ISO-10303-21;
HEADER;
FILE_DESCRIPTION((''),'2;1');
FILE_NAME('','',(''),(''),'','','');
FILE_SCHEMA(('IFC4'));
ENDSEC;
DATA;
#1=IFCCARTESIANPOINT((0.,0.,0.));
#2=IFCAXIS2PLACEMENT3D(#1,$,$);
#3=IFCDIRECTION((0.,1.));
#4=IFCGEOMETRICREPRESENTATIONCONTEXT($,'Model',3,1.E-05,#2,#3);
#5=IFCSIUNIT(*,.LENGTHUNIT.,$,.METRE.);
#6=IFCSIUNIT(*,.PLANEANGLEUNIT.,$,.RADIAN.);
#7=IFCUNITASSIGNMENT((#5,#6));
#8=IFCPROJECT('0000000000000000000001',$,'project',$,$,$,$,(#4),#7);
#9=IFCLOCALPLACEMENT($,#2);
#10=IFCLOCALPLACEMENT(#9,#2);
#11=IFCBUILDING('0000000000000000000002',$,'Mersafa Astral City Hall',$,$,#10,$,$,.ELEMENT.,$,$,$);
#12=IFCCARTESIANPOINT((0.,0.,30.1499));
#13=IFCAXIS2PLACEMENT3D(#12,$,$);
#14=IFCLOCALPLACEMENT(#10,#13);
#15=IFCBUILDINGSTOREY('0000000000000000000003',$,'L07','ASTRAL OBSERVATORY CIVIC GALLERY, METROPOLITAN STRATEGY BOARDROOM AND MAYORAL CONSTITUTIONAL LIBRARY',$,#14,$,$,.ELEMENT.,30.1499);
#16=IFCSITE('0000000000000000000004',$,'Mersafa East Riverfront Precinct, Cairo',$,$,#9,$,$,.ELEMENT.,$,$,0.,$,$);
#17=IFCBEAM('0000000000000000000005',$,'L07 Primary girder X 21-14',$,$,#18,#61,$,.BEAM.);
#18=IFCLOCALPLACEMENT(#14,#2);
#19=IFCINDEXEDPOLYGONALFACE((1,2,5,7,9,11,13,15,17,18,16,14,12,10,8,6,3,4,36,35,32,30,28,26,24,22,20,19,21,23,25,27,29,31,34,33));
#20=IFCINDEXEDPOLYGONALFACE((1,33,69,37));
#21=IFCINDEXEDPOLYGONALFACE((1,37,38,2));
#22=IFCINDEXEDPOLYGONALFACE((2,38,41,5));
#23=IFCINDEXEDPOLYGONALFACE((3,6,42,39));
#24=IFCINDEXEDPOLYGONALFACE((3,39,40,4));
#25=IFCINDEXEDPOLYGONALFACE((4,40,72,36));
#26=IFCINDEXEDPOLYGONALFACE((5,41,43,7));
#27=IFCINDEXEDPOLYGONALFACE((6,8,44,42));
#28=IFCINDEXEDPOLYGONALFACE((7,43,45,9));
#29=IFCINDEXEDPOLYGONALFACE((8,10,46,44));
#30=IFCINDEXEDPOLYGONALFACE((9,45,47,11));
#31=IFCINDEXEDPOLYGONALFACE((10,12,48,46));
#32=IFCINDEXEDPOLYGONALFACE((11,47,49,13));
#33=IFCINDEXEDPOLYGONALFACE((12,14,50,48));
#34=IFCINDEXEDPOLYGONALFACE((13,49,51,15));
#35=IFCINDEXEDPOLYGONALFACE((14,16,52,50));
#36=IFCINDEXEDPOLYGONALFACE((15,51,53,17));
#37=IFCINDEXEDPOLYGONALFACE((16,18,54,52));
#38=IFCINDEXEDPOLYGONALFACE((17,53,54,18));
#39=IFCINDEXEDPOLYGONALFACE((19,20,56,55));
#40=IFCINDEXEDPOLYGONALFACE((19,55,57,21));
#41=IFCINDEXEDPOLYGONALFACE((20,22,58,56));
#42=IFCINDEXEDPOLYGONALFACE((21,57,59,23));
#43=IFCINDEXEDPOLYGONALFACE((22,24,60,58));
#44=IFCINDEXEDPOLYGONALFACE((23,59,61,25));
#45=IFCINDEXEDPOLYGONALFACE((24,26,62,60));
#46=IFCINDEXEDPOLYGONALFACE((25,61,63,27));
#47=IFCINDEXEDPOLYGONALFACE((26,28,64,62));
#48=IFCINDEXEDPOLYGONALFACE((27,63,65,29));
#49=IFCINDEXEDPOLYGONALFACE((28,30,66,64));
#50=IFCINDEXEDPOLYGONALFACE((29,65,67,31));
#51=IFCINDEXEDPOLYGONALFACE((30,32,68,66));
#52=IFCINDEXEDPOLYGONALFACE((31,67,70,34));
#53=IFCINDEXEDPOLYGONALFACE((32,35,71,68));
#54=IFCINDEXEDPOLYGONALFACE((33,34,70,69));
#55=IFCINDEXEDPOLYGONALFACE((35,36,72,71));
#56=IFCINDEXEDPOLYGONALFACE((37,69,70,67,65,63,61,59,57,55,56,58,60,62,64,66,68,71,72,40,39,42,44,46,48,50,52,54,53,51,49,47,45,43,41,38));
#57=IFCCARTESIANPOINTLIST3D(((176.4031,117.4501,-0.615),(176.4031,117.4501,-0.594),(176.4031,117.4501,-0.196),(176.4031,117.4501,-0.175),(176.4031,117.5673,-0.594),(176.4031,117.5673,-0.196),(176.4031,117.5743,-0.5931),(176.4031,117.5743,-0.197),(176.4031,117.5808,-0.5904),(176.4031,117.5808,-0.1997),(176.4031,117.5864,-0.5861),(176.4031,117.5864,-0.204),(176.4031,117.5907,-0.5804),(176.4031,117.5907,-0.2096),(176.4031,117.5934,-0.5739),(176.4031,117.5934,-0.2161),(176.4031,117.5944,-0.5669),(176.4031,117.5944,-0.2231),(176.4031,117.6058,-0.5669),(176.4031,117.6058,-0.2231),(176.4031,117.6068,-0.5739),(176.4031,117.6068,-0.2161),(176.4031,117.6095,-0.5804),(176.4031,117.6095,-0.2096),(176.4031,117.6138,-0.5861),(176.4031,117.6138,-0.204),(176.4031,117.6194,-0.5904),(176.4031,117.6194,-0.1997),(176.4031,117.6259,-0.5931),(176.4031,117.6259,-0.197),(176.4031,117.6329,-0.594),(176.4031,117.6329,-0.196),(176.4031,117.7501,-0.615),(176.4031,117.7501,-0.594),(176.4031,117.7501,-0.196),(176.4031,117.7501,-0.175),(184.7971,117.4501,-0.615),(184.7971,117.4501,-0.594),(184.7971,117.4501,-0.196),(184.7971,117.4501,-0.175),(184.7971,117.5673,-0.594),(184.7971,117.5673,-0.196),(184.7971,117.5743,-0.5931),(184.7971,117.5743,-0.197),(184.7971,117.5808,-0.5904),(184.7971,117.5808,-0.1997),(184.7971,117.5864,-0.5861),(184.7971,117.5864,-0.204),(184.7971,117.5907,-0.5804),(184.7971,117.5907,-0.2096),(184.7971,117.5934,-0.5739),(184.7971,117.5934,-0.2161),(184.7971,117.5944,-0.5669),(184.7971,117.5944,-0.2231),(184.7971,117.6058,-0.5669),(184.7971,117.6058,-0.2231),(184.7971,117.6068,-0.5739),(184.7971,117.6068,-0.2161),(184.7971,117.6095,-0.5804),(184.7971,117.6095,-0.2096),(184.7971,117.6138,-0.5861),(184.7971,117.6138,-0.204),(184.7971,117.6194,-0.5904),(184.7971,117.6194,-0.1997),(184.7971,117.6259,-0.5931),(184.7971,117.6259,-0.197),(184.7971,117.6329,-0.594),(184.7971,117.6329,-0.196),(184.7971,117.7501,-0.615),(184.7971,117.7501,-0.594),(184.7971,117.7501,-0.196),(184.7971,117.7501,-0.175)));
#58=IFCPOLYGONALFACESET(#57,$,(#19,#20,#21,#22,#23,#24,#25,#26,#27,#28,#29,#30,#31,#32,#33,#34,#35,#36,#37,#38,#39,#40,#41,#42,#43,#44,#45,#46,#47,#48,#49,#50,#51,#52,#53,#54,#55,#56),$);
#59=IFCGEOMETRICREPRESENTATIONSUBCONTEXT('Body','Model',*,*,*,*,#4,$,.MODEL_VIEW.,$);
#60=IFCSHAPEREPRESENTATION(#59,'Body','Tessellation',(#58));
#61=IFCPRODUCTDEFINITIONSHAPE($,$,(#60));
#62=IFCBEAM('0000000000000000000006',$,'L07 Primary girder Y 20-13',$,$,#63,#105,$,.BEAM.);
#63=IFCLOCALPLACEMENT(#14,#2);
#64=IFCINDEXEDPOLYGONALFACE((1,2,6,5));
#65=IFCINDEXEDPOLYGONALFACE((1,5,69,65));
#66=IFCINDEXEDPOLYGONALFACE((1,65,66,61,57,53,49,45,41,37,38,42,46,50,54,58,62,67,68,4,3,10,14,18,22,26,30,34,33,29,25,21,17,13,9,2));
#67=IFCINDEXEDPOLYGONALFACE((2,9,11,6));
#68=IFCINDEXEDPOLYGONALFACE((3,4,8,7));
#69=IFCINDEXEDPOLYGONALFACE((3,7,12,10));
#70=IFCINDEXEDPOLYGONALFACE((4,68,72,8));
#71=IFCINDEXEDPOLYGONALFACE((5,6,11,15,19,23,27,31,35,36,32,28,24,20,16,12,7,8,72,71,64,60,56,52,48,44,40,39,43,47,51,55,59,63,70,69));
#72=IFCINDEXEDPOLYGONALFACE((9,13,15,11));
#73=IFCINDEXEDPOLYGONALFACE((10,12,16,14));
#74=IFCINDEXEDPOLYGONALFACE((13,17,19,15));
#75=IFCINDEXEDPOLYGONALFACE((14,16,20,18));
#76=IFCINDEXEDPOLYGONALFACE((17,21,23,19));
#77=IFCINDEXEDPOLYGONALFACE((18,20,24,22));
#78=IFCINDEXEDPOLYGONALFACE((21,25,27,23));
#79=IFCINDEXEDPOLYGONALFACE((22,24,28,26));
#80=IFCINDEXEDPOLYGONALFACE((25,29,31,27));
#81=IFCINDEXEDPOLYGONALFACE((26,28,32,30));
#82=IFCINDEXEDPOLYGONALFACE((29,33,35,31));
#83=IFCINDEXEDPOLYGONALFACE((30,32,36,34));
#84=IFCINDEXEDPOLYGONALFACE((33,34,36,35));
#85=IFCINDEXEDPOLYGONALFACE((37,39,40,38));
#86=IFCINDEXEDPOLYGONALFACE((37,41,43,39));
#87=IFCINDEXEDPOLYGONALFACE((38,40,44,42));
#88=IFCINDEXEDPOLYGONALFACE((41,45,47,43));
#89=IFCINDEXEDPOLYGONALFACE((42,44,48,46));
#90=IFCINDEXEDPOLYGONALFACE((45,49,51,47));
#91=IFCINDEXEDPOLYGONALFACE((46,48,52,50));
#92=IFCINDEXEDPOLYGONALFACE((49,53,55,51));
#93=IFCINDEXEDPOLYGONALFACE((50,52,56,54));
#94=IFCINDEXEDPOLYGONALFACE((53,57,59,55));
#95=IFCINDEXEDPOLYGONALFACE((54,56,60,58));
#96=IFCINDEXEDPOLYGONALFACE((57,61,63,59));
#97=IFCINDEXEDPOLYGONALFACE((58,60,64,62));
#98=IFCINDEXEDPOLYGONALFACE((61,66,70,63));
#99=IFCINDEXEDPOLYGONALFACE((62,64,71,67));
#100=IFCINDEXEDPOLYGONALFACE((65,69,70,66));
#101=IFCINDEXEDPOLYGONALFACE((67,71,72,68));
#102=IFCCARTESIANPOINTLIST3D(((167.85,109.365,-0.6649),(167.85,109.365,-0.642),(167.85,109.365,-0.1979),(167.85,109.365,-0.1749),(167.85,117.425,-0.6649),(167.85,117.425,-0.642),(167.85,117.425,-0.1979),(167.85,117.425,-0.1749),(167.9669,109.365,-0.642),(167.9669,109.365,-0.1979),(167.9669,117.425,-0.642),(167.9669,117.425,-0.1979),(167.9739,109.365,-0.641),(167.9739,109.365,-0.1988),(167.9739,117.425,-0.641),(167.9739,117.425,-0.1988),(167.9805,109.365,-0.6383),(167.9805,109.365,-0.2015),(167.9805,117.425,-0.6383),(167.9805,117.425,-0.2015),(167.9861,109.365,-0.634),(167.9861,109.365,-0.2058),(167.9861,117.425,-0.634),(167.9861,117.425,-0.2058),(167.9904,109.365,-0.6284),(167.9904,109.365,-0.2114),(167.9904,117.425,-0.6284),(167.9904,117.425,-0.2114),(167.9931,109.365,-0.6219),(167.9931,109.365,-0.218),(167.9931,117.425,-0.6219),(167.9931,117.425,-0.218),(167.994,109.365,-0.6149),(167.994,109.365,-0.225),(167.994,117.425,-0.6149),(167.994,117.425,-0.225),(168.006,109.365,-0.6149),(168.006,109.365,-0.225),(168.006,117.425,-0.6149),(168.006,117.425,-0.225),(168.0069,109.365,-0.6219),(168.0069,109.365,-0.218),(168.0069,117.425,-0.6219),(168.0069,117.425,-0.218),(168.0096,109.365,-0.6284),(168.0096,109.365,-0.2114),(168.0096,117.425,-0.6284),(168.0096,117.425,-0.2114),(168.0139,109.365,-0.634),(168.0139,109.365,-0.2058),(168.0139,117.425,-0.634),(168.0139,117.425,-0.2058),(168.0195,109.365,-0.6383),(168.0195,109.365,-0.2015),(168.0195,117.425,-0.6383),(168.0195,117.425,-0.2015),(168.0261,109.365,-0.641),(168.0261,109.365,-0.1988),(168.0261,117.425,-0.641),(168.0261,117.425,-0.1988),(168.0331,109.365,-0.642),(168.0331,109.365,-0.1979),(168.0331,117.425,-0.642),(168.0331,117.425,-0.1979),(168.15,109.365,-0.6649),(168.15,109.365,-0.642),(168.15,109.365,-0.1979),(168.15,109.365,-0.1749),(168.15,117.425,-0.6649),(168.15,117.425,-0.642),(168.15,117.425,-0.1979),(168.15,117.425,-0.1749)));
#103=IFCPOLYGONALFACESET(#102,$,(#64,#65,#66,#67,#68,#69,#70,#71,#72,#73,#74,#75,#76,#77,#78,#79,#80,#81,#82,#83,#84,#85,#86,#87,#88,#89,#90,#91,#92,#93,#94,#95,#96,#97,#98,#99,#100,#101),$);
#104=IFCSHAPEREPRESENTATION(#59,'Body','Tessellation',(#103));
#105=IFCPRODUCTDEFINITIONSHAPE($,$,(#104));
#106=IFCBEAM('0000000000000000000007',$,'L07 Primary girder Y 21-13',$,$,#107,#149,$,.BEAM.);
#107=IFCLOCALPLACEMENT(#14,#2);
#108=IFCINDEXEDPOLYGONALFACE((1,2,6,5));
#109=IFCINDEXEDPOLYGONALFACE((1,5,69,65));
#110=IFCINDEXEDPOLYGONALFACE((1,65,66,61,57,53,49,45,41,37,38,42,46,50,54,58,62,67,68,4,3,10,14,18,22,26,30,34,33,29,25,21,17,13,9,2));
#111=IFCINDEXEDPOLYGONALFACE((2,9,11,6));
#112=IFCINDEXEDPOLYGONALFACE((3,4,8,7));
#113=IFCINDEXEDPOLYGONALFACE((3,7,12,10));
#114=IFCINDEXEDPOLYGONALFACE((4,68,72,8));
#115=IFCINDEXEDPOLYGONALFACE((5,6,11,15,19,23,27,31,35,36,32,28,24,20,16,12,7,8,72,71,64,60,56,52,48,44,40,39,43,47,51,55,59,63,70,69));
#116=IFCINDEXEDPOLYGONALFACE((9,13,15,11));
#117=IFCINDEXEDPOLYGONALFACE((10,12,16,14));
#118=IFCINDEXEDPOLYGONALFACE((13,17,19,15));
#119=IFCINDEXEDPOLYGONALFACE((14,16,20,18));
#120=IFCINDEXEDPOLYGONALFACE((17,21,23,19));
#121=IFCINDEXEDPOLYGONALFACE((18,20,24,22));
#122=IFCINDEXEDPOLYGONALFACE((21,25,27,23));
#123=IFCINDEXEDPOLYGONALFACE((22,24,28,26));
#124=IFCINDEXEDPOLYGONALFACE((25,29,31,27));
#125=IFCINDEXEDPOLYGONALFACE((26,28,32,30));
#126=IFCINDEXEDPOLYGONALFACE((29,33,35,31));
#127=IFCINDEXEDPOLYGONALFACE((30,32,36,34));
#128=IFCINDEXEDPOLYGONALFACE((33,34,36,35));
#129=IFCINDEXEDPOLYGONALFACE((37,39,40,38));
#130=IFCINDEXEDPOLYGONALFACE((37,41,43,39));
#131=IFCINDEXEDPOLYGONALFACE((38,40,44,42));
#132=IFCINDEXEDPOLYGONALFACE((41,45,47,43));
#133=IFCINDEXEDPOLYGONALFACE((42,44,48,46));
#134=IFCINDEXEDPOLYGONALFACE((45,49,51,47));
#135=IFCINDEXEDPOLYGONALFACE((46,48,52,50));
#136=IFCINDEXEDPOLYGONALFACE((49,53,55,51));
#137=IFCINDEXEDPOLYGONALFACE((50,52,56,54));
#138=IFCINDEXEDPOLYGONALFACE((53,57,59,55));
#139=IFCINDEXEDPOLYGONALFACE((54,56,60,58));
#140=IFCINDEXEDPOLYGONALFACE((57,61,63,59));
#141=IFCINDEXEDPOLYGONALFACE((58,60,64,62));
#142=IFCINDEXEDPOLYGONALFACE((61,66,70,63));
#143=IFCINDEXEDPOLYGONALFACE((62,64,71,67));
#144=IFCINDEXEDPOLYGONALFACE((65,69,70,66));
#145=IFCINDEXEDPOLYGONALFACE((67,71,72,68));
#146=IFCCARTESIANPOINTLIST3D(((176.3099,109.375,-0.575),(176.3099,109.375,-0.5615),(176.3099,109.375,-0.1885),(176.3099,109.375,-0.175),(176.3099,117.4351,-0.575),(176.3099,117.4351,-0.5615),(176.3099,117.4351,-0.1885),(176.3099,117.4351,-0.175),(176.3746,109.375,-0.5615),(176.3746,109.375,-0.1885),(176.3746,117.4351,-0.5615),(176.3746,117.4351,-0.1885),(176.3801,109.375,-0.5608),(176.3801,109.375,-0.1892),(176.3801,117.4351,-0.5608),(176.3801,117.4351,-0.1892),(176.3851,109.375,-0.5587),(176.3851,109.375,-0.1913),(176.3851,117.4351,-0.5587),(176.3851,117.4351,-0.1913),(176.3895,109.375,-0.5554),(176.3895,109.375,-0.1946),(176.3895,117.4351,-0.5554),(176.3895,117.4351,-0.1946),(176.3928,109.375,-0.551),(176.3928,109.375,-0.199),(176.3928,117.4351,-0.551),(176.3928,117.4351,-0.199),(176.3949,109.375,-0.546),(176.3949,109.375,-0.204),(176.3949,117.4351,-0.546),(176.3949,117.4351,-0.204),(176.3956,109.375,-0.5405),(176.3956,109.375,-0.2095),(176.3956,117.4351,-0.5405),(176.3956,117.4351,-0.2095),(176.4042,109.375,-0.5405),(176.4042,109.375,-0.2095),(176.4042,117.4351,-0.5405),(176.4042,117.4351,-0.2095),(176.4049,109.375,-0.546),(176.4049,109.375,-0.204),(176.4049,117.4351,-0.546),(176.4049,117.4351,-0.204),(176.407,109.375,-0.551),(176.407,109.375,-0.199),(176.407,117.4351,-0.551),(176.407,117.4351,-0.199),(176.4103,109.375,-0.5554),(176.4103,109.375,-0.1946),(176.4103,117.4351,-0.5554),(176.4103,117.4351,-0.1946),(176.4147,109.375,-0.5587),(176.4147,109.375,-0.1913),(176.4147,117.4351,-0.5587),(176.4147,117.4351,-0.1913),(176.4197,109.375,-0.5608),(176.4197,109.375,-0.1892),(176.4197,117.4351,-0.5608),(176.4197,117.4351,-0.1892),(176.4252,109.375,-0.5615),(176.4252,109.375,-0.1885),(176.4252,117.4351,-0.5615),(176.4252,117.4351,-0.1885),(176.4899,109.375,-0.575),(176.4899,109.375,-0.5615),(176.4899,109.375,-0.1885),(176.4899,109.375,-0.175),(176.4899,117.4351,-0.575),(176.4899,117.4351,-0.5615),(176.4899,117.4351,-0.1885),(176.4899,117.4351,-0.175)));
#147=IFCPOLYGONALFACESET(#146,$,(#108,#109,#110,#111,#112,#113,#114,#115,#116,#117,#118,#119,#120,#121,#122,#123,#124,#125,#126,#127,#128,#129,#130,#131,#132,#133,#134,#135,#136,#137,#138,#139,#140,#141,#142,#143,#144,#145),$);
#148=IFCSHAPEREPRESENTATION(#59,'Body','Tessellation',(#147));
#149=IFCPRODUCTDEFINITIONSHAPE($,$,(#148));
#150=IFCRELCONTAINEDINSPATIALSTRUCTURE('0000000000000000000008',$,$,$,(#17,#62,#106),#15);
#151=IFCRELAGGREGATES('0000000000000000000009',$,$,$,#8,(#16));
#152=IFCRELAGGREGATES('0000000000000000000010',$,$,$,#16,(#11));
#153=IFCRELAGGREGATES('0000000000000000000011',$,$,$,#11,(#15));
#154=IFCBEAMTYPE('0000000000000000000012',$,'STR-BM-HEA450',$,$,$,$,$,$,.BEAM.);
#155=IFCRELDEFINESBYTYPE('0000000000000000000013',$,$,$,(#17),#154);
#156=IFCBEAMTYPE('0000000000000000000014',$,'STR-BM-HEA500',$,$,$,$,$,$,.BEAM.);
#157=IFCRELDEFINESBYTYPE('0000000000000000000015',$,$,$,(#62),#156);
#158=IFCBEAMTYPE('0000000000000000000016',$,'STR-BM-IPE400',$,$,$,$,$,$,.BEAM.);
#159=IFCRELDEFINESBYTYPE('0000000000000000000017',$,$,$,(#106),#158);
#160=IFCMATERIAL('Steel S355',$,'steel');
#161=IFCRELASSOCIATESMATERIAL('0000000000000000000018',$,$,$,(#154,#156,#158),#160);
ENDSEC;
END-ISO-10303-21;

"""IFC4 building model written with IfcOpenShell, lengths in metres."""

from ifc_helpers import new_model, si_unit, direction, frame, origin, origin_2d, place, context, subcontext, project, spatial, i_section, extrude, material, material_profile, profile_set, type_object, element, save


model = new_model("IFC4")

# Units and contexts
model_context = context("Model", 3, precision=1e-05, world=origin(), true_north=direction((0.0, 1.0)))
body_context = subcontext(model_context, "Body", "Model", "MODEL_VIEW")
ifc_project = project(units=[si_unit("LENGTHUNIT", "METRE"), si_unit("PLANEANGLEUNIT", "RADIAN")], contexts=[model_context])

# Site, building, storey
site_placement = place(None, origin())
site = spatial("IfcSite", under=ifc_project, at=site_placement, Name="Mersafa East Riverfront Precinct, Cairo", CompositionType="ELEMENT", RefElevation=0.0)
building_placement = place(site_placement, origin())
building = spatial("IfcBuilding", under=site, at=building_placement, Name="Mersafa Astral City Hall", CompositionType="ELEMENT")
storey_placement = place(building_placement, frame((0.0, 0.0, 30.1499)))
storey = spatial("IfcBuildingStorey", under=building, at=storey_placement, Name="L07", Description="ASTRAL OBSERVATORY CIVIC GALLERY, METROPOLITAN STRATEGY BOARDROOM AND MAYORAL CONSTITUTIONAL LIBRARY", CompositionType="ELEMENT", Elevation=30.1499)

# Shared definitions
ifc_material_1 = material(Name="Steel S355", Category="steel")

# Beams
ifc_material_profile_1 = material_profile(ifc_material_1, i_section(OverallWidth=0.3, OverallDepth=0.4399, WebThickness=0.0115, FlangeThickness=0.021, FilletRadius=0.0271, at=origin_2d()), Name="HEA 450")
ifc_profile_set_1 = profile_set([ifc_material_profile_1], Name="Steel S355")
beam_type_1 = type_object("IfcBeamType", Name="STR-BM-HEA450", PredefinedType="BEAM", material=ifc_profile_set_1)
beam_1_placement = place(storey_placement, frame((176.4031, 117.6001, -0.395), z_axis=(1.0, 0.0, 0.0), x_axis=(0.0, 1.0, 0.0)))
element("IfcBeam", 1, at=beam_1_placement, inside=storey, type_object=beam_type_1, Name="L07 Primary girder X 21-14", PredefinedType="BEAM", context=body_context, shape_type="SweptSolid", body=[
    extrude(i_section(OverallWidth=0.3, OverallDepth=0.4399, WebThickness=0.0115, FlangeThickness=0.021, FilletRadius=0.0271, at=origin_2d()), origin(), (0.0, 0.0, 1.0), 8.394),
])
ifc_material_profile_2 = material_profile(ifc_material_1, i_section(OverallWidth=0.3, OverallDepth=0.49, WebThickness=0.012, FlangeThickness=0.0229, FilletRadius=0.0271, at=origin_2d()), Name="HEA 500")
ifc_profile_set_2 = profile_set([ifc_material_profile_2], Name="Steel S355")
beam_type_2 = type_object("IfcBeamType", Name="STR-BM-HEA500", PredefinedType="BEAM", material=ifc_profile_set_2)
beam_2_placement = place(storey_placement, frame((168.0, 109.365, -0.4199), z_axis=(0.0, 1.0, 0.0), x_axis=(-1.0, 0.0, 0.0)))
element("IfcBeam", 2, at=beam_2_placement, inside=storey, type_object=beam_type_2, Name="L07 Primary girder Y 20-13", PredefinedType="BEAM", context=body_context, shape_type="SweptSolid", body=[
    extrude(i_section(OverallWidth=0.3, OverallDepth=0.49, WebThickness=0.012, FlangeThickness=0.0229, FilletRadius=0.0271, at=origin_2d()), origin(), (0.0, 0.0, 1.0), 8.0601),
])
ifc_material_profile_3 = material_profile(ifc_material_1, i_section(OverallWidth=0.1799, OverallDepth=0.3999, WebThickness=0.0085, FlangeThickness=0.0134, FilletRadius=0.021, at=origin_2d()), Name="IPE 400")
ifc_profile_set_3 = profile_set([ifc_material_profile_3], Name="Steel S355")
beam_type_3 = type_object("IfcBeamType", Name="STR-BM-IPE400", PredefinedType="BEAM", material=ifc_profile_set_3)
beam_3_placement = place(storey_placement, frame((176.3999, 109.375, -0.375), z_axis=(0.0, 1.0, 0.0), x_axis=(-1.0, 0.0, 0.0)))
element("IfcBeam", 3, at=beam_3_placement, inside=storey, type_object=beam_type_3, Name="L07 Primary girder Y 21-13", PredefinedType="BEAM", context=body_context, shape_type="SweptSolid", body=[
    extrude(i_section(OverallWidth=0.1799, OverallDepth=0.3999, WebThickness=0.0085, FlangeThickness=0.0134, FilletRadius=0.021, at=origin_2d()), origin(), (0.0, 0.0, 1.0), 8.0601),
])

save(model, "model.ifc")
